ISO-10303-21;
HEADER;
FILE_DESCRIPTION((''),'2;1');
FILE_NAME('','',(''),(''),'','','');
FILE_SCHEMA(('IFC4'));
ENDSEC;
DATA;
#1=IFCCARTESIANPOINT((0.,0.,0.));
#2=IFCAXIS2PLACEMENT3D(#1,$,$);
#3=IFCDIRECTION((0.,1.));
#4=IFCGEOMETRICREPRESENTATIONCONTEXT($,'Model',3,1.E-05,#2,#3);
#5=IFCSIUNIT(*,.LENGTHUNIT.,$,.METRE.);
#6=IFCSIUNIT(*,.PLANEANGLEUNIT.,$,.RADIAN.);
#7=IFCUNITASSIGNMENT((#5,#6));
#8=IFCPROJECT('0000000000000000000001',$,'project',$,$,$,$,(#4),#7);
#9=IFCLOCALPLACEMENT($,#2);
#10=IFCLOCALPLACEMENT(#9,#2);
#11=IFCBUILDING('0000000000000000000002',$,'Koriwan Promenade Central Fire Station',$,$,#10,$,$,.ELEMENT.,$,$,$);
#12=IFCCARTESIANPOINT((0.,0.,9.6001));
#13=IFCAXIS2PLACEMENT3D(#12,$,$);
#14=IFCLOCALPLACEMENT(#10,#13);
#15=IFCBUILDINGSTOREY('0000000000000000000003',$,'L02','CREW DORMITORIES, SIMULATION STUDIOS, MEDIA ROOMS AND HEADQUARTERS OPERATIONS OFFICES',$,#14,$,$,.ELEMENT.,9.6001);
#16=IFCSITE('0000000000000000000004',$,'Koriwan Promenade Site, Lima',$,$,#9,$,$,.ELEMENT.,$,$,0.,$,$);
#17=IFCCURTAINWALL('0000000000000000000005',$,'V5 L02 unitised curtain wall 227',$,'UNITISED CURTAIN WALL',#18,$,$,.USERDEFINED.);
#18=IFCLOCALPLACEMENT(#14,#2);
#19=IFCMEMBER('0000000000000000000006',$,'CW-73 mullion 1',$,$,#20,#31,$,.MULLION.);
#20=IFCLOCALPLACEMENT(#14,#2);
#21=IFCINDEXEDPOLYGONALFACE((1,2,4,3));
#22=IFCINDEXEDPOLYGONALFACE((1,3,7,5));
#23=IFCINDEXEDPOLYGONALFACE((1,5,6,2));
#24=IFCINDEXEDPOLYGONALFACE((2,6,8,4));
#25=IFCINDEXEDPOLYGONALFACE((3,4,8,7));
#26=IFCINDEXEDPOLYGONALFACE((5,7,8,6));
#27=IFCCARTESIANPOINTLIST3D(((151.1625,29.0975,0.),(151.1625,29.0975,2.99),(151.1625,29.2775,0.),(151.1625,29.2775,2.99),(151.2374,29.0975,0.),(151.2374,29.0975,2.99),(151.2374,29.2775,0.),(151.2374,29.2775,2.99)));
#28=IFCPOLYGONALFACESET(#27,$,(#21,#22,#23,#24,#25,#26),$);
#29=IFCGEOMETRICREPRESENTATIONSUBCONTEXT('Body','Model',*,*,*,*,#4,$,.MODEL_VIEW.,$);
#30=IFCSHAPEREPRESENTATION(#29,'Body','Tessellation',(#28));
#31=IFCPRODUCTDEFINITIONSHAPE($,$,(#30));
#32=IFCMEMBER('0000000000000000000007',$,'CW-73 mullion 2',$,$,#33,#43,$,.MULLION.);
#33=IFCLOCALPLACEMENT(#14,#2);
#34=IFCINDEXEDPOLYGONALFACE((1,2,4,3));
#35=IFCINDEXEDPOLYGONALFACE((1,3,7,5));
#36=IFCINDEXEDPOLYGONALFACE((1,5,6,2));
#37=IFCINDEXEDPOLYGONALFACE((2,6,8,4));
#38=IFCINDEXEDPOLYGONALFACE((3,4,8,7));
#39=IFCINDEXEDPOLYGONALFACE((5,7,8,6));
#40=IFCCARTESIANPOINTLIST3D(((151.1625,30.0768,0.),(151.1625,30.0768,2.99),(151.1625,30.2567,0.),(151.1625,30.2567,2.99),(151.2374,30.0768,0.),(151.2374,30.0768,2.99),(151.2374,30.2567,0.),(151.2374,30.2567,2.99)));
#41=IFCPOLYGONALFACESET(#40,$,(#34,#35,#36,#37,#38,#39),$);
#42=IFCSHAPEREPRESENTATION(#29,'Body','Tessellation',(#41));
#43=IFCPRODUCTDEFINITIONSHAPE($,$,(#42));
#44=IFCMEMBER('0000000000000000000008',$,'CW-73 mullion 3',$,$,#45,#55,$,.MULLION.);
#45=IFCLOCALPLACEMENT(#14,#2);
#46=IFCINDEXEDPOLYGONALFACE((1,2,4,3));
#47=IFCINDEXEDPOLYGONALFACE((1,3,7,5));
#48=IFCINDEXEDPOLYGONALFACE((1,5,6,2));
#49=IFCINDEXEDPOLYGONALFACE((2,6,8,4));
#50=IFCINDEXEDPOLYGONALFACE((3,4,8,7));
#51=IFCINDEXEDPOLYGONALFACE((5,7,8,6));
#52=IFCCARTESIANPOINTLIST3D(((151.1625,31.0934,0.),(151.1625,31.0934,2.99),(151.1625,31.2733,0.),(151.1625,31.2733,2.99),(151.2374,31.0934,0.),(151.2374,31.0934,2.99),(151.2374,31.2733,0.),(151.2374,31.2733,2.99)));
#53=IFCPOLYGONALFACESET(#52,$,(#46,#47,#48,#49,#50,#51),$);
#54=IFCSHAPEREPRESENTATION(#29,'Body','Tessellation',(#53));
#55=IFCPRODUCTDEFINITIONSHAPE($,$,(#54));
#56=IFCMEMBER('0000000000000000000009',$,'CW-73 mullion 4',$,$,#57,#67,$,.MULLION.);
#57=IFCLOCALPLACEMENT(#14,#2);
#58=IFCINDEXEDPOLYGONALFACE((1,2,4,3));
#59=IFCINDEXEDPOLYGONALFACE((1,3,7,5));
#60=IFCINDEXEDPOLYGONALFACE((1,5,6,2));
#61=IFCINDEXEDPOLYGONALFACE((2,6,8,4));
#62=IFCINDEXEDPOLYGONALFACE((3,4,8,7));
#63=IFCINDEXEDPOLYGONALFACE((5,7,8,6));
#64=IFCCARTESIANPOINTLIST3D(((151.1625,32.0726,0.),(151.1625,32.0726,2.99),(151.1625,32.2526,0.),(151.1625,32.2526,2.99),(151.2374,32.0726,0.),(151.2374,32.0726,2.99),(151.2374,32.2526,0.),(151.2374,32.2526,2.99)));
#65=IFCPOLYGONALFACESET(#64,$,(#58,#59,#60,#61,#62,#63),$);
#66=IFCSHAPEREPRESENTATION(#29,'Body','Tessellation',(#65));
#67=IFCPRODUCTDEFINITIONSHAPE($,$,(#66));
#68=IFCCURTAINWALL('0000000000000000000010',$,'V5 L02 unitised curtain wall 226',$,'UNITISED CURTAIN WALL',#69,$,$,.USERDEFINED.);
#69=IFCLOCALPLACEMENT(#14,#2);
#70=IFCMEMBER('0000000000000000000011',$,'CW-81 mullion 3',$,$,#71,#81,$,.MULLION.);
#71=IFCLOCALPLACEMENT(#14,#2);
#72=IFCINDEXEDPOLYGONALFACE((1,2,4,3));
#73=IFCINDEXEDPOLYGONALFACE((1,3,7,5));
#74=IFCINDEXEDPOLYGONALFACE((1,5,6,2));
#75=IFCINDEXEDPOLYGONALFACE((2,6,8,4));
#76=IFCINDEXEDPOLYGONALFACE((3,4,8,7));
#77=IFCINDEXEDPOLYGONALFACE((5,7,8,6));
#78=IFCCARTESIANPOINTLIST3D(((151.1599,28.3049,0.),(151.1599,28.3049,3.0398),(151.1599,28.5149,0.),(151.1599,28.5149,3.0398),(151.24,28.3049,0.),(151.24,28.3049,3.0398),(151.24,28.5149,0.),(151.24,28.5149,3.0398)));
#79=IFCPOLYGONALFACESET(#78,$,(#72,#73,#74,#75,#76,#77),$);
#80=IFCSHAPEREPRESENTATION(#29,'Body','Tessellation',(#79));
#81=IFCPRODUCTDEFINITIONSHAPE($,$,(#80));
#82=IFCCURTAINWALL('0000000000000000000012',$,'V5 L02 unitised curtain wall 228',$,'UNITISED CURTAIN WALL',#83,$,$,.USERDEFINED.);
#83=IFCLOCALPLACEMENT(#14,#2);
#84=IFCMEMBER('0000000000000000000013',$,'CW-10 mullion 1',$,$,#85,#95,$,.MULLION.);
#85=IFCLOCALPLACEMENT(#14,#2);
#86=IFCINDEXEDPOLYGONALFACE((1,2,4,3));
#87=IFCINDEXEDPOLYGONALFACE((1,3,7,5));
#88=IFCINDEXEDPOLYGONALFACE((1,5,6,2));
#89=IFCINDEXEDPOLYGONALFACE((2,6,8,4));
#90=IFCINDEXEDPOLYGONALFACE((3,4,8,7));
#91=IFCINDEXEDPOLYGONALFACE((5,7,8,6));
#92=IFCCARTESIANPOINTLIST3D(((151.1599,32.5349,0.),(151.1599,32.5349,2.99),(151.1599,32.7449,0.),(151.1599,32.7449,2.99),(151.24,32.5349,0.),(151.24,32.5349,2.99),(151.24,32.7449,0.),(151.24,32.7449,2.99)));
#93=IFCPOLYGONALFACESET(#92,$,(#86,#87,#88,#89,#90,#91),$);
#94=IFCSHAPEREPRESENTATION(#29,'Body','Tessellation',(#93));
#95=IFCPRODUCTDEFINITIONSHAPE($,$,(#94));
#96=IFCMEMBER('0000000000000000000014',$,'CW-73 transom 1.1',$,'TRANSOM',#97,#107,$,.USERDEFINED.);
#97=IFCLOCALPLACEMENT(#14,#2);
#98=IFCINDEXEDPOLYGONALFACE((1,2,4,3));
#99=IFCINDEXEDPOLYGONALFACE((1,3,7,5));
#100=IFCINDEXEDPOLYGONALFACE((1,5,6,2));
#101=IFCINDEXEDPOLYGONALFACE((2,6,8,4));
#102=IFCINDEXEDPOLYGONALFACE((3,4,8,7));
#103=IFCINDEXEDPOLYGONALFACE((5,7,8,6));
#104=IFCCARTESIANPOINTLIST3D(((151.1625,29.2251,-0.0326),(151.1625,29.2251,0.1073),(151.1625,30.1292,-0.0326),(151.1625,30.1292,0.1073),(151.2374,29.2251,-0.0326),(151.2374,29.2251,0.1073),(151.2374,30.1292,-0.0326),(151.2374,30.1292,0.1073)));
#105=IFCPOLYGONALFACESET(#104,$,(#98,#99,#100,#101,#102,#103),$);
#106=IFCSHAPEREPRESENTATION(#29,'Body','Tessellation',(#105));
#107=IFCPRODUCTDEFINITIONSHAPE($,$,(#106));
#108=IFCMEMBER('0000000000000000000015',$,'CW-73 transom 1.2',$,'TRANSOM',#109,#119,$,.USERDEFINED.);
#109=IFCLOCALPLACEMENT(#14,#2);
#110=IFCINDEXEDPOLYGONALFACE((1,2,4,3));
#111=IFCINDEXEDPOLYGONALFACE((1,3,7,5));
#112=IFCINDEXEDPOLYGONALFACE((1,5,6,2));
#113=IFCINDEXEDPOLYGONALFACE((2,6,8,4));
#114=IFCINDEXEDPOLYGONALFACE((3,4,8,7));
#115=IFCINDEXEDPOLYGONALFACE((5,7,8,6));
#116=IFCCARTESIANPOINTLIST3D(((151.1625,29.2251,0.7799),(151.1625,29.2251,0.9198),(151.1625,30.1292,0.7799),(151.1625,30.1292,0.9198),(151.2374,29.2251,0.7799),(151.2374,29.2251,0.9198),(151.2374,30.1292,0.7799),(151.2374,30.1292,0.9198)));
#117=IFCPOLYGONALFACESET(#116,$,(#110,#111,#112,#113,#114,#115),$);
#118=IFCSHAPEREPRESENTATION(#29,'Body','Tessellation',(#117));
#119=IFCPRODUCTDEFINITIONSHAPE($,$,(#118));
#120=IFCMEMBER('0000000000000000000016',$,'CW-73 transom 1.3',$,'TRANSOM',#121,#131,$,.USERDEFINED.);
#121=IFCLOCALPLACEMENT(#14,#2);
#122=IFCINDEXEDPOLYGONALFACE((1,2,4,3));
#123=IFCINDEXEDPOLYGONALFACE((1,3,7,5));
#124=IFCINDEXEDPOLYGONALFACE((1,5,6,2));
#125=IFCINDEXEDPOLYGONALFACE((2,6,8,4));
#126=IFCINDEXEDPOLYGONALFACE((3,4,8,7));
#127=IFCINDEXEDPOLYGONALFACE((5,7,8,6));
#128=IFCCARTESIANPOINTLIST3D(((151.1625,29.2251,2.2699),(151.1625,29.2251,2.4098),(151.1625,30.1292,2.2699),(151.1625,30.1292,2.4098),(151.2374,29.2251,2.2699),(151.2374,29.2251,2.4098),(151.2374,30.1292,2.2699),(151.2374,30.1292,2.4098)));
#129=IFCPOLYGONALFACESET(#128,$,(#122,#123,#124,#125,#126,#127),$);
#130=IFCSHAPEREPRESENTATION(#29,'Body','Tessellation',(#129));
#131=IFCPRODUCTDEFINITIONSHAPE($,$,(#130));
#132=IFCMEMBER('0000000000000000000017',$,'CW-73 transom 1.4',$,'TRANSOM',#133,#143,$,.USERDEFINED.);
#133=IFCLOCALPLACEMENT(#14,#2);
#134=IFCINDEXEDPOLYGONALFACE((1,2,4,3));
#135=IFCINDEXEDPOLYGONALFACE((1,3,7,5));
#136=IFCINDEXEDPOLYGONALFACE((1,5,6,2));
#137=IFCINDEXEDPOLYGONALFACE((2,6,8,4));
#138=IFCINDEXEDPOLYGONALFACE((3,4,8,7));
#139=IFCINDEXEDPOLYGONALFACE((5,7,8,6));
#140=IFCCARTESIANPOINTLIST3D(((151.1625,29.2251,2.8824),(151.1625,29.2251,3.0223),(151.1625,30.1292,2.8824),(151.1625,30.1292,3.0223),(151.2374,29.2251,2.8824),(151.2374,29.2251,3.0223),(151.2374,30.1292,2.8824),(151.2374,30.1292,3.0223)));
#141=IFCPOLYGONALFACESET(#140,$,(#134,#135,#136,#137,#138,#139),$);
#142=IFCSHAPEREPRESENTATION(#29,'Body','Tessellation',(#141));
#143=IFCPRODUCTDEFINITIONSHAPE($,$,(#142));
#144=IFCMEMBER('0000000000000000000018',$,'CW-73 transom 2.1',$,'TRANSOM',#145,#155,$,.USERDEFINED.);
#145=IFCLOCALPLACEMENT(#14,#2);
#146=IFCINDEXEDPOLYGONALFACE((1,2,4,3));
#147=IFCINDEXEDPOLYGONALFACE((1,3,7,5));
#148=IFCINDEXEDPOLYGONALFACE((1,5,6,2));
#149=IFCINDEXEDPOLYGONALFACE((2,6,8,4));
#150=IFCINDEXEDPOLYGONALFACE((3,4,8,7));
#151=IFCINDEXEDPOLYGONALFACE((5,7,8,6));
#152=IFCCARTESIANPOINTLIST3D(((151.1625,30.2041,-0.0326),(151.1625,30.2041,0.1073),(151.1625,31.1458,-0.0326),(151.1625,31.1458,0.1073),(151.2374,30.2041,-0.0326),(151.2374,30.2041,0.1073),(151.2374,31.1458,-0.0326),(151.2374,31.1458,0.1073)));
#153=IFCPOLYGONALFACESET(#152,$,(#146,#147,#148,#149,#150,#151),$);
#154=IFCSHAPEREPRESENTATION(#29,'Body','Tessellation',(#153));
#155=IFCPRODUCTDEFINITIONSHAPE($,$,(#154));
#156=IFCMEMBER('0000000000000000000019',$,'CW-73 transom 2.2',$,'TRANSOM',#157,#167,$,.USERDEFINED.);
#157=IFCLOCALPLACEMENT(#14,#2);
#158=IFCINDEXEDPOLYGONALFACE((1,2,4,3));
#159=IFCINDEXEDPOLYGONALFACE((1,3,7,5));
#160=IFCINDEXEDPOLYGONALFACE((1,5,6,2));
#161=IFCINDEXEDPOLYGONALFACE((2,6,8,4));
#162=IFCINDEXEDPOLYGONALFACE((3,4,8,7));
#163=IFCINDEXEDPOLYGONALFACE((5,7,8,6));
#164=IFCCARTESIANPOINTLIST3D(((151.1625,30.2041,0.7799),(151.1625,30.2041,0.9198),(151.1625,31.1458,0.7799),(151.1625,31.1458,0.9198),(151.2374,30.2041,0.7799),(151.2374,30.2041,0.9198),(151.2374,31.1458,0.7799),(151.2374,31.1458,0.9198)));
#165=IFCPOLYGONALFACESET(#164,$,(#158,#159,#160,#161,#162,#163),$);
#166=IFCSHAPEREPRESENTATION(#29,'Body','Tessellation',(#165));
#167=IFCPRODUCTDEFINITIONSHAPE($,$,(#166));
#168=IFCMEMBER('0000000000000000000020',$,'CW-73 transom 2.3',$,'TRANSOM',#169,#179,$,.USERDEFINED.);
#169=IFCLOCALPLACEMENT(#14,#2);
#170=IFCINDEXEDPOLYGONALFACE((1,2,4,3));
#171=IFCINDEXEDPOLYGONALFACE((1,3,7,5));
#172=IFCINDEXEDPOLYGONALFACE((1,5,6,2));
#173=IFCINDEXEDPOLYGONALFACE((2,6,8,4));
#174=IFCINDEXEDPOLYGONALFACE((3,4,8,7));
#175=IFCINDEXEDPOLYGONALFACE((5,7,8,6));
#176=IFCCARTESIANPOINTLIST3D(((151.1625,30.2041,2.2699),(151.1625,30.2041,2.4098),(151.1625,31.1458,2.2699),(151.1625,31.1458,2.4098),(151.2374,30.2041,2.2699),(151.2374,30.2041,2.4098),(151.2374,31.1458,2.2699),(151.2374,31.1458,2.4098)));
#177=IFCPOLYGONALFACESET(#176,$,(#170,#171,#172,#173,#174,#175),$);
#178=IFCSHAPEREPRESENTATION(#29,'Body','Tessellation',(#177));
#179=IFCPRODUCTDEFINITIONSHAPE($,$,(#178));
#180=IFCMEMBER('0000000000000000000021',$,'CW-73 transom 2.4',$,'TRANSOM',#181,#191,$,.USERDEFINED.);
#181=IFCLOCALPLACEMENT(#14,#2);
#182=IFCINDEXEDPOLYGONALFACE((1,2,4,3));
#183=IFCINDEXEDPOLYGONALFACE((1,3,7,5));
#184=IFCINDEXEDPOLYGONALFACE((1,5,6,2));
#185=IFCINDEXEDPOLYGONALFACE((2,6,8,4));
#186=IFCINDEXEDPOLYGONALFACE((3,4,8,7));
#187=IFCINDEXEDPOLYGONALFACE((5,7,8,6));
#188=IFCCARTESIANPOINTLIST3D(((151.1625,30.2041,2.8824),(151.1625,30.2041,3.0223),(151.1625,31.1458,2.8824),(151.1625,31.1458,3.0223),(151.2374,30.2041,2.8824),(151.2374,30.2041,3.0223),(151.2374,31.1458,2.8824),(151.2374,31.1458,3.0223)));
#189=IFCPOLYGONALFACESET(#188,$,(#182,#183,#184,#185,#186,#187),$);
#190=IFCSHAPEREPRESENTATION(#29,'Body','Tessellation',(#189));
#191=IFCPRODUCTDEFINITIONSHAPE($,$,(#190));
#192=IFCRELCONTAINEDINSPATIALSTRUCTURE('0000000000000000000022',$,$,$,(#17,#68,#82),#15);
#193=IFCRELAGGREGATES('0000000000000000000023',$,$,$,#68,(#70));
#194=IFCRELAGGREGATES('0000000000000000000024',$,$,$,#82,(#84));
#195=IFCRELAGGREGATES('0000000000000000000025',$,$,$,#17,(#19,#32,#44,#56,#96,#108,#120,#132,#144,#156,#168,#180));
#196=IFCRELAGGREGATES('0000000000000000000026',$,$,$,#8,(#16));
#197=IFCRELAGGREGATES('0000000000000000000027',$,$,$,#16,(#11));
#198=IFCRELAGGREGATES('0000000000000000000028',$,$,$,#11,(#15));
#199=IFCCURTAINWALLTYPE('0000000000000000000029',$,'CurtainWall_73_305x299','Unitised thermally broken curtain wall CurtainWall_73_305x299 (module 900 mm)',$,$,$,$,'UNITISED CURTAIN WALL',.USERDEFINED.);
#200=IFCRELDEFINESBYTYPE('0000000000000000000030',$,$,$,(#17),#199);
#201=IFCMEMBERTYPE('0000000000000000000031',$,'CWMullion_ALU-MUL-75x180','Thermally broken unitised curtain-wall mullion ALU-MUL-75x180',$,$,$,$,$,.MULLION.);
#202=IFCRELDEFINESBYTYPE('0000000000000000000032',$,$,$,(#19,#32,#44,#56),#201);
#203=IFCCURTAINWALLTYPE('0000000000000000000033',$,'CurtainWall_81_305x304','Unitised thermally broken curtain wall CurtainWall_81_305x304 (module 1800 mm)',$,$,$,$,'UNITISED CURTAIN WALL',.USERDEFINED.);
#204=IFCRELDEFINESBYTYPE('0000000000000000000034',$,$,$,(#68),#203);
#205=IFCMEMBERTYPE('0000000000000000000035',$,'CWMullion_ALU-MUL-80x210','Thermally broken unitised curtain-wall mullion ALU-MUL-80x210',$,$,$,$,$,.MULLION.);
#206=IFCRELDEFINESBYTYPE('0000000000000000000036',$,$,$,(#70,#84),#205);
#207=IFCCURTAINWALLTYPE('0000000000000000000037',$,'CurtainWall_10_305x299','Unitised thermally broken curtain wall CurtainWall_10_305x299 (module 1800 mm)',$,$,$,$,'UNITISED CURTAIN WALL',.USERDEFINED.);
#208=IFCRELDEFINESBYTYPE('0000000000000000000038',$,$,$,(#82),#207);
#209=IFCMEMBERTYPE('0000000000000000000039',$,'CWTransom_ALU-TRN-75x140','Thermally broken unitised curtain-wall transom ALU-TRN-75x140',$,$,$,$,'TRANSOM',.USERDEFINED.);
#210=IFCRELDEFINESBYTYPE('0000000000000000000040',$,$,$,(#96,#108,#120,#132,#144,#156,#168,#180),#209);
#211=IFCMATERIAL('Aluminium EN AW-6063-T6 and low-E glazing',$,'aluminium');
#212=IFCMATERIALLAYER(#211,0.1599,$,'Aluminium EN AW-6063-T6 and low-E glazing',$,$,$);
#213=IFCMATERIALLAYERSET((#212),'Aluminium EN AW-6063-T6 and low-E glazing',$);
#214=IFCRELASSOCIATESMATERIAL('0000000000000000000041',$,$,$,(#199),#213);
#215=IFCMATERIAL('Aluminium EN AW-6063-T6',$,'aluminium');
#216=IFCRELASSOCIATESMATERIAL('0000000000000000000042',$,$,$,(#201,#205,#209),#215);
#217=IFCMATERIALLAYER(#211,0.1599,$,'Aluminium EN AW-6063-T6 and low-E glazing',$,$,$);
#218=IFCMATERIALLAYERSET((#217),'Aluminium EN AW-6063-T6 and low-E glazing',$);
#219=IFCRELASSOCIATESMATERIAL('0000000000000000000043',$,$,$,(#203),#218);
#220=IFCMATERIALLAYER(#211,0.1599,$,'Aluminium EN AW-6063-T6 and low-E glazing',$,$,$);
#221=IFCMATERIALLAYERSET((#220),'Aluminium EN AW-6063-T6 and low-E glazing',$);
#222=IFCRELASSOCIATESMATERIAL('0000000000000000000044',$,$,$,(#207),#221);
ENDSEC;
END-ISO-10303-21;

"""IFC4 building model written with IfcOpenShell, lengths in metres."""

from ifc_helpers import new_model, si_unit, direction, frame, origin, origin_2d, place, context, subcontext, project, spatial, rectangle, extrude, material, layer, layer_set, material_profile, profile_set, type_object, element, aggregate, save


model = new_model("IFC4")

# Units and contexts
model_context = context("Model", 3, precision=1e-05, world=origin(), true_north=direction((0.0, 1.0)))
body_context = subcontext(model_context, "Body", "Model", "MODEL_VIEW")
ifc_project = project(units=[si_unit("LENGTHUNIT", "METRE"), si_unit("PLANEANGLEUNIT", "RADIAN")], contexts=[model_context])

# Site, building, storey
site_placement = place(None, origin())
site = spatial("IfcSite", under=ifc_project, at=site_placement, Name="Koriwan Promenade Site, Lima", CompositionType="ELEMENT", RefElevation=0.0)
building_placement = place(site_placement, origin())
building = spatial("IfcBuilding", under=site, at=building_placement, Name="Koriwan Promenade Central Fire Station", CompositionType="ELEMENT")
storey_placement = place(building_placement, frame((0.0, 0.0, 9.6001)))
storey = spatial("IfcBuildingStorey", under=building, at=storey_placement, Name="L02", Description="CREW DORMITORIES, SIMULATION STUDIOS, MEDIA ROOMS AND HEADQUARTERS OPERATIONS OFFICES", CompositionType="ELEMENT", Elevation=9.6001)

# Curtain wall, members
ifc_material_1 = material(Name="Aluminium EN AW-6063-T6 and low-E glazing", Category="aluminium")
ifc_layer_1 = layer(ifc_material_1, 0.1599, Name="Aluminium EN AW-6063-T6 and low-E glazing")
ifc_layer_set_1 = layer_set([ifc_layer_1], Name="Aluminium EN AW-6063-T6 and low-E glazing")
curtain_wall_type_1 = type_object("IfcCurtainWallType", Name="CurtainWall_73_305x299", Description="Unitised thermally broken curtain wall CurtainWall_73_305x299 (module 900 mm)", ElementType="UNITISED CURTAIN WALL", PredefinedType="USERDEFINED", material=ifc_layer_set_1)
curtain_wall_1_placement = place(storey_placement, origin())
curtain_wall_1 = element("IfcCurtainWall", 1, at=curtain_wall_1_placement, inside=storey, type_object=curtain_wall_type_1, Name="V5 L02 unitised curtain wall 227", ObjectType="UNITISED CURTAIN WALL", PredefinedType="USERDEFINED")
ifc_material_2 = material(Name="Aluminium EN AW-6063-T6", Category="aluminium")
ifc_material_profile_1 = material_profile(ifc_material_2, rectangle(XDim=0.075, YDim=0.1799, at=origin_2d()), Name="ALU-MUL-75x180")
ifc_profile_set_1 = profile_set([ifc_material_profile_1], Name="Aluminium EN AW-6063-T6")
member_type_1 = type_object("IfcMemberType", Name="CWMullion_ALU-MUL-75x180", Description="Thermally broken unitised curtain-wall mullion ALU-MUL-75x180", PredefinedType="MULLION", material=ifc_profile_set_1)
member_1_placement = place(storey_placement, frame((151.2, 29.1875, 0.0), z_axis=(0.0, 0.0, 1.0), x_axis=(-1.0, 0.0, 0.0)))
member_1 = element("IfcMember", 2, at=member_1_placement, type_object=member_type_1, Name="CW-73 mullion 1", PredefinedType="MULLION", context=body_context, shape_type="SweptSolid", body=[
    extrude(rectangle(XDim=0.075, YDim=0.1799, at=origin_2d()), origin(), (0.0, 0.0, 1.0), 2.99),
])
member_2_placement = place(storey_placement, frame((151.2, 30.1667, 0.0), z_axis=(0.0, 0.0, 1.0), x_axis=(-1.0, 0.0, 0.0)))
member_2 = element("IfcMember", 3, at=member_2_placement, type_object=member_type_1, Name="CW-73 mullion 2", PredefinedType="MULLION", context=body_context, shape_type="SweptSolid", body=[
    extrude(rectangle(XDim=0.075, YDim=0.1799, at=origin_2d()), origin(), (0.0, 0.0, 1.0), 2.99),
])
member_3_placement = place(storey_placement, frame((151.2, 31.1833, 0.0), z_axis=(0.0, 0.0, 1.0), x_axis=(-1.0, 0.0, 0.0)))
member_3 = element("IfcMember", 4, at=member_3_placement, type_object=member_type_1, Name="CW-73 mullion 3", PredefinedType="MULLION", context=body_context, shape_type="SweptSolid", body=[
    extrude(rectangle(XDim=0.075, YDim=0.1799, at=origin_2d()), origin(), (0.0, 0.0, 1.0), 2.99),
])
member_4_placement = place(storey_placement, frame((151.2, 32.1626, 0.0), z_axis=(0.0, 0.0, 1.0), x_axis=(-1.0, 0.0, 0.0)))
member_4 = element("IfcMember", 5, at=member_4_placement, type_object=member_type_1, Name="CW-73 mullion 4", PredefinedType="MULLION", context=body_context, shape_type="SweptSolid", body=[
    extrude(rectangle(XDim=0.075, YDim=0.1799, at=origin_2d()), origin(), (0.0, 0.0, 1.0), 2.99),
])

# Curtain walls, members
ifc_layer_2 = layer(ifc_material_1, 0.1599, Name="Aluminium EN AW-6063-T6 and low-E glazing")
ifc_layer_set_2 = layer_set([ifc_layer_2], Name="Aluminium EN AW-6063-T6 and low-E glazing")
curtain_wall_type_2 = type_object("IfcCurtainWallType", Name="CurtainWall_81_305x304", Description="Unitised thermally broken curtain wall CurtainWall_81_305x304 (module 1800 mm)", ElementType="UNITISED CURTAIN WALL", PredefinedType="USERDEFINED", material=ifc_layer_set_2)
curtain_wall_2_placement = place(storey_placement, origin())
curtain_wall_2 = element("IfcCurtainWall", 6, at=curtain_wall_2_placement, inside=storey, type_object=curtain_wall_type_2, Name="V5 L02 unitised curtain wall 226", ObjectType="UNITISED CURTAIN WALL", PredefinedType="USERDEFINED")
ifc_material_profile_2 = material_profile(ifc_material_2, rectangle(XDim=0.0801, YDim=0.21, at=origin_2d()), Name="ALU-MUL-80x210")
ifc_profile_set_2 = profile_set([ifc_material_profile_2], Name="Aluminium EN AW-6063-T6")
member_type_2 = type_object("IfcMemberType", Name="CWMullion_ALU-MUL-80x210", Description="Thermally broken unitised curtain-wall mullion ALU-MUL-80x210", PredefinedType="MULLION", material=ifc_profile_set_2)
member_5_placement = place(storey_placement, frame((151.2, 28.4099, 0.0), z_axis=(0.0, 0.0, 1.0), x_axis=(-1.0, 0.0, 0.0)))
member_5 = element("IfcMember", 7, at=member_5_placement, type_object=member_type_2, Name="CW-81 mullion 3", PredefinedType="MULLION", context=body_context, shape_type="SweptSolid", body=[
    extrude(rectangle(XDim=0.0801, YDim=0.21, at=origin_2d()), origin(), (0.0, 0.0, 1.0), 3.0398),
])
aggregate(curtain_wall_2, [member_5])
ifc_layer_3 = layer(ifc_material_1, 0.1599, Name="Aluminium EN AW-6063-T6 and low-E glazing")
ifc_layer_set_3 = layer_set([ifc_layer_3], Name="Aluminium EN AW-6063-T6 and low-E glazing")
curtain_wall_type_3 = type_object("IfcCurtainWallType", Name="CurtainWall_10_305x299", Description="Unitised thermally broken curtain wall CurtainWall_10_305x299 (module 1800 mm)", ElementType="UNITISED CURTAIN WALL", PredefinedType="USERDEFINED", material=ifc_layer_set_3)
curtain_wall_3_placement = place(storey_placement, origin())
curtain_wall_3 = element("IfcCurtainWall", 8, at=curtain_wall_3_placement, inside=storey, type_object=curtain_wall_type_3, Name="V5 L02 unitised curtain wall 228", ObjectType="UNITISED CURTAIN WALL", PredefinedType="USERDEFINED")
member_6_placement = place(storey_placement, frame((151.2, 32.6399, 0.0), z_axis=(0.0, 0.0, 1.0), x_axis=(-1.0, 0.0, 0.0)))
member_6 = element("IfcMember", 9, at=member_6_placement, type_object=member_type_2, Name="CW-10 mullion 1", PredefinedType="MULLION", context=body_context, shape_type="SweptSolid", body=[
    extrude(rectangle(XDim=0.0801, YDim=0.21, at=origin_2d()), origin(), (0.0, 0.0, 1.0), 2.99),
])
aggregate(curtain_wall_3, [member_6])

# Members
ifc_material_profile_3 = material_profile(ifc_material_2, rectangle(XDim=0.075, YDim=0.1399, at=origin_2d()), Name="ALU-TRN-75x140")
ifc_profile_set_3 = profile_set([ifc_material_profile_3], Name="Aluminium EN AW-6063-T6")
member_type_3 = type_object("IfcMemberType", Name="CWTransom_ALU-TRN-75x140", Description="Thermally broken unitised curtain-wall transom ALU-TRN-75x140", ElementType="TRANSOM", PredefinedType="USERDEFINED", material=ifc_profile_set_3)
member_7_placement = place(storey_placement, frame((151.2, 29.2251, 0.0374), z_axis=(0.0, 1.0, 0.0), x_axis=(-1.0, 0.0, 0.0)))
member_7 = element("IfcMember", 10, at=member_7_placement, type_object=member_type_3, Name="CW-73 transom 1.1", ObjectType="TRANSOM", PredefinedType="USERDEFINED", context=body_context, shape_type="SweptSolid", body=[
    extrude(rectangle(XDim=0.075, YDim=0.1399, at=origin_2d()), origin(), (0.0, 0.0, 1.0), 0.9041),
])
member_8_placement = place(storey_placement, frame((151.2, 29.2251, 0.8499), z_axis=(0.0, 1.0, 0.0), x_axis=(-1.0, 0.0, 0.0)))
member_8 = element("IfcMember", 11, at=member_8_placement, type_object=member_type_3, Name="CW-73 transom 1.2", ObjectType="TRANSOM", PredefinedType="USERDEFINED", context=body_context, shape_type="SweptSolid", body=[
    extrude(rectangle(XDim=0.075, YDim=0.1399, at=origin_2d()), origin(), (0.0, 0.0, 1.0), 0.9041),
])
member_9_placement = place(storey_placement, frame((151.2, 29.2251, 2.3398), z_axis=(0.0, 1.0, 0.0), x_axis=(-1.0, 0.0, 0.0)))
member_9 = element("IfcMember", 12, at=member_9_placement, type_object=member_type_3, Name="CW-73 transom 1.3", ObjectType="TRANSOM", PredefinedType="USERDEFINED", context=body_context, shape_type="SweptSolid", body=[
    extrude(rectangle(XDim=0.075, YDim=0.1399, at=origin_2d()), origin(), (0.0, 0.0, 1.0), 0.9041),
])
member_10_placement = place(storey_placement, frame((151.2, 29.2251, 2.9524), z_axis=(0.0, 1.0, 0.0), x_axis=(-1.0, 0.0, 0.0)))
member_10 = element("IfcMember", 13, at=member_10_placement, type_object=member_type_3, Name="CW-73 transom 1.4", ObjectType="TRANSOM", PredefinedType="USERDEFINED", context=body_context, shape_type="SweptSolid", body=[
    extrude(rectangle(XDim=0.075, YDim=0.1399, at=origin_2d()), origin(), (0.0, 0.0, 1.0), 0.9041),
])
member_11_placement = place(storey_placement, frame((151.2, 30.2041, 0.0374), z_axis=(0.0, 1.0, 0.0), x_axis=(-1.0, 0.0, 0.0)))
member_11 = element("IfcMember", 14, at=member_11_placement, type_object=member_type_3, Name="CW-73 transom 2.1", ObjectType="TRANSOM", PredefinedType="USERDEFINED", context=body_context, shape_type="SweptSolid", body=[
    extrude(rectangle(XDim=0.075, YDim=0.1399, at=origin_2d()), origin(), (0.0, 0.0, 1.0), 0.9417),
])
member_12_placement = place(storey_placement, frame((151.2, 30.2041, 0.8499), z_axis=(0.0, 1.0, 0.0), x_axis=(-1.0, 0.0, 0.0)))
member_12 = element("IfcMember", 15, at=member_12_placement, type_object=member_type_3, Name="CW-73 transom 2.2", ObjectType="TRANSOM", PredefinedType="USERDEFINED", context=body_context, shape_type="SweptSolid", body=[
    extrude(rectangle(XDim=0.075, YDim=0.1399, at=origin_2d()), origin(), (0.0, 0.0, 1.0), 0.9417),
])
member_13_placement = place(storey_placement, frame((151.2, 30.2041, 2.3398), z_axis=(0.0, 1.0, 0.0), x_axis=(-1.0, 0.0, 0.0)))
member_13 = element("IfcMember", 16, at=member_13_placement, type_object=member_type_3, Name="CW-73 transom 2.3", ObjectType="TRANSOM", PredefinedType="USERDEFINED", context=body_context, shape_type="SweptSolid", body=[
    extrude(rectangle(XDim=0.075, YDim=0.1399, at=origin_2d()), origin(), (0.0, 0.0, 1.0), 0.9417),
])
member_14_placement = place(storey_placement, frame((151.2, 30.2041, 2.9524), z_axis=(0.0, 1.0, 0.0), x_axis=(-1.0, 0.0, 0.0)))
member_14 = element("IfcMember", 17, at=member_14_placement, type_object=member_type_3, Name="CW-73 transom 2.4", ObjectType="TRANSOM", PredefinedType="USERDEFINED", context=body_context, shape_type="SweptSolid", body=[
    extrude(rectangle(XDim=0.075, YDim=0.1399, at=origin_2d()), origin(), (0.0, 0.0, 1.0), 0.9417),
])

aggregate(curtain_wall_1, [member_1, member_2, member_3, member_4, member_7, member_8, member_9, member_10, member_11, member_12, member_13, member_14])

save(model, "model.ifc")
